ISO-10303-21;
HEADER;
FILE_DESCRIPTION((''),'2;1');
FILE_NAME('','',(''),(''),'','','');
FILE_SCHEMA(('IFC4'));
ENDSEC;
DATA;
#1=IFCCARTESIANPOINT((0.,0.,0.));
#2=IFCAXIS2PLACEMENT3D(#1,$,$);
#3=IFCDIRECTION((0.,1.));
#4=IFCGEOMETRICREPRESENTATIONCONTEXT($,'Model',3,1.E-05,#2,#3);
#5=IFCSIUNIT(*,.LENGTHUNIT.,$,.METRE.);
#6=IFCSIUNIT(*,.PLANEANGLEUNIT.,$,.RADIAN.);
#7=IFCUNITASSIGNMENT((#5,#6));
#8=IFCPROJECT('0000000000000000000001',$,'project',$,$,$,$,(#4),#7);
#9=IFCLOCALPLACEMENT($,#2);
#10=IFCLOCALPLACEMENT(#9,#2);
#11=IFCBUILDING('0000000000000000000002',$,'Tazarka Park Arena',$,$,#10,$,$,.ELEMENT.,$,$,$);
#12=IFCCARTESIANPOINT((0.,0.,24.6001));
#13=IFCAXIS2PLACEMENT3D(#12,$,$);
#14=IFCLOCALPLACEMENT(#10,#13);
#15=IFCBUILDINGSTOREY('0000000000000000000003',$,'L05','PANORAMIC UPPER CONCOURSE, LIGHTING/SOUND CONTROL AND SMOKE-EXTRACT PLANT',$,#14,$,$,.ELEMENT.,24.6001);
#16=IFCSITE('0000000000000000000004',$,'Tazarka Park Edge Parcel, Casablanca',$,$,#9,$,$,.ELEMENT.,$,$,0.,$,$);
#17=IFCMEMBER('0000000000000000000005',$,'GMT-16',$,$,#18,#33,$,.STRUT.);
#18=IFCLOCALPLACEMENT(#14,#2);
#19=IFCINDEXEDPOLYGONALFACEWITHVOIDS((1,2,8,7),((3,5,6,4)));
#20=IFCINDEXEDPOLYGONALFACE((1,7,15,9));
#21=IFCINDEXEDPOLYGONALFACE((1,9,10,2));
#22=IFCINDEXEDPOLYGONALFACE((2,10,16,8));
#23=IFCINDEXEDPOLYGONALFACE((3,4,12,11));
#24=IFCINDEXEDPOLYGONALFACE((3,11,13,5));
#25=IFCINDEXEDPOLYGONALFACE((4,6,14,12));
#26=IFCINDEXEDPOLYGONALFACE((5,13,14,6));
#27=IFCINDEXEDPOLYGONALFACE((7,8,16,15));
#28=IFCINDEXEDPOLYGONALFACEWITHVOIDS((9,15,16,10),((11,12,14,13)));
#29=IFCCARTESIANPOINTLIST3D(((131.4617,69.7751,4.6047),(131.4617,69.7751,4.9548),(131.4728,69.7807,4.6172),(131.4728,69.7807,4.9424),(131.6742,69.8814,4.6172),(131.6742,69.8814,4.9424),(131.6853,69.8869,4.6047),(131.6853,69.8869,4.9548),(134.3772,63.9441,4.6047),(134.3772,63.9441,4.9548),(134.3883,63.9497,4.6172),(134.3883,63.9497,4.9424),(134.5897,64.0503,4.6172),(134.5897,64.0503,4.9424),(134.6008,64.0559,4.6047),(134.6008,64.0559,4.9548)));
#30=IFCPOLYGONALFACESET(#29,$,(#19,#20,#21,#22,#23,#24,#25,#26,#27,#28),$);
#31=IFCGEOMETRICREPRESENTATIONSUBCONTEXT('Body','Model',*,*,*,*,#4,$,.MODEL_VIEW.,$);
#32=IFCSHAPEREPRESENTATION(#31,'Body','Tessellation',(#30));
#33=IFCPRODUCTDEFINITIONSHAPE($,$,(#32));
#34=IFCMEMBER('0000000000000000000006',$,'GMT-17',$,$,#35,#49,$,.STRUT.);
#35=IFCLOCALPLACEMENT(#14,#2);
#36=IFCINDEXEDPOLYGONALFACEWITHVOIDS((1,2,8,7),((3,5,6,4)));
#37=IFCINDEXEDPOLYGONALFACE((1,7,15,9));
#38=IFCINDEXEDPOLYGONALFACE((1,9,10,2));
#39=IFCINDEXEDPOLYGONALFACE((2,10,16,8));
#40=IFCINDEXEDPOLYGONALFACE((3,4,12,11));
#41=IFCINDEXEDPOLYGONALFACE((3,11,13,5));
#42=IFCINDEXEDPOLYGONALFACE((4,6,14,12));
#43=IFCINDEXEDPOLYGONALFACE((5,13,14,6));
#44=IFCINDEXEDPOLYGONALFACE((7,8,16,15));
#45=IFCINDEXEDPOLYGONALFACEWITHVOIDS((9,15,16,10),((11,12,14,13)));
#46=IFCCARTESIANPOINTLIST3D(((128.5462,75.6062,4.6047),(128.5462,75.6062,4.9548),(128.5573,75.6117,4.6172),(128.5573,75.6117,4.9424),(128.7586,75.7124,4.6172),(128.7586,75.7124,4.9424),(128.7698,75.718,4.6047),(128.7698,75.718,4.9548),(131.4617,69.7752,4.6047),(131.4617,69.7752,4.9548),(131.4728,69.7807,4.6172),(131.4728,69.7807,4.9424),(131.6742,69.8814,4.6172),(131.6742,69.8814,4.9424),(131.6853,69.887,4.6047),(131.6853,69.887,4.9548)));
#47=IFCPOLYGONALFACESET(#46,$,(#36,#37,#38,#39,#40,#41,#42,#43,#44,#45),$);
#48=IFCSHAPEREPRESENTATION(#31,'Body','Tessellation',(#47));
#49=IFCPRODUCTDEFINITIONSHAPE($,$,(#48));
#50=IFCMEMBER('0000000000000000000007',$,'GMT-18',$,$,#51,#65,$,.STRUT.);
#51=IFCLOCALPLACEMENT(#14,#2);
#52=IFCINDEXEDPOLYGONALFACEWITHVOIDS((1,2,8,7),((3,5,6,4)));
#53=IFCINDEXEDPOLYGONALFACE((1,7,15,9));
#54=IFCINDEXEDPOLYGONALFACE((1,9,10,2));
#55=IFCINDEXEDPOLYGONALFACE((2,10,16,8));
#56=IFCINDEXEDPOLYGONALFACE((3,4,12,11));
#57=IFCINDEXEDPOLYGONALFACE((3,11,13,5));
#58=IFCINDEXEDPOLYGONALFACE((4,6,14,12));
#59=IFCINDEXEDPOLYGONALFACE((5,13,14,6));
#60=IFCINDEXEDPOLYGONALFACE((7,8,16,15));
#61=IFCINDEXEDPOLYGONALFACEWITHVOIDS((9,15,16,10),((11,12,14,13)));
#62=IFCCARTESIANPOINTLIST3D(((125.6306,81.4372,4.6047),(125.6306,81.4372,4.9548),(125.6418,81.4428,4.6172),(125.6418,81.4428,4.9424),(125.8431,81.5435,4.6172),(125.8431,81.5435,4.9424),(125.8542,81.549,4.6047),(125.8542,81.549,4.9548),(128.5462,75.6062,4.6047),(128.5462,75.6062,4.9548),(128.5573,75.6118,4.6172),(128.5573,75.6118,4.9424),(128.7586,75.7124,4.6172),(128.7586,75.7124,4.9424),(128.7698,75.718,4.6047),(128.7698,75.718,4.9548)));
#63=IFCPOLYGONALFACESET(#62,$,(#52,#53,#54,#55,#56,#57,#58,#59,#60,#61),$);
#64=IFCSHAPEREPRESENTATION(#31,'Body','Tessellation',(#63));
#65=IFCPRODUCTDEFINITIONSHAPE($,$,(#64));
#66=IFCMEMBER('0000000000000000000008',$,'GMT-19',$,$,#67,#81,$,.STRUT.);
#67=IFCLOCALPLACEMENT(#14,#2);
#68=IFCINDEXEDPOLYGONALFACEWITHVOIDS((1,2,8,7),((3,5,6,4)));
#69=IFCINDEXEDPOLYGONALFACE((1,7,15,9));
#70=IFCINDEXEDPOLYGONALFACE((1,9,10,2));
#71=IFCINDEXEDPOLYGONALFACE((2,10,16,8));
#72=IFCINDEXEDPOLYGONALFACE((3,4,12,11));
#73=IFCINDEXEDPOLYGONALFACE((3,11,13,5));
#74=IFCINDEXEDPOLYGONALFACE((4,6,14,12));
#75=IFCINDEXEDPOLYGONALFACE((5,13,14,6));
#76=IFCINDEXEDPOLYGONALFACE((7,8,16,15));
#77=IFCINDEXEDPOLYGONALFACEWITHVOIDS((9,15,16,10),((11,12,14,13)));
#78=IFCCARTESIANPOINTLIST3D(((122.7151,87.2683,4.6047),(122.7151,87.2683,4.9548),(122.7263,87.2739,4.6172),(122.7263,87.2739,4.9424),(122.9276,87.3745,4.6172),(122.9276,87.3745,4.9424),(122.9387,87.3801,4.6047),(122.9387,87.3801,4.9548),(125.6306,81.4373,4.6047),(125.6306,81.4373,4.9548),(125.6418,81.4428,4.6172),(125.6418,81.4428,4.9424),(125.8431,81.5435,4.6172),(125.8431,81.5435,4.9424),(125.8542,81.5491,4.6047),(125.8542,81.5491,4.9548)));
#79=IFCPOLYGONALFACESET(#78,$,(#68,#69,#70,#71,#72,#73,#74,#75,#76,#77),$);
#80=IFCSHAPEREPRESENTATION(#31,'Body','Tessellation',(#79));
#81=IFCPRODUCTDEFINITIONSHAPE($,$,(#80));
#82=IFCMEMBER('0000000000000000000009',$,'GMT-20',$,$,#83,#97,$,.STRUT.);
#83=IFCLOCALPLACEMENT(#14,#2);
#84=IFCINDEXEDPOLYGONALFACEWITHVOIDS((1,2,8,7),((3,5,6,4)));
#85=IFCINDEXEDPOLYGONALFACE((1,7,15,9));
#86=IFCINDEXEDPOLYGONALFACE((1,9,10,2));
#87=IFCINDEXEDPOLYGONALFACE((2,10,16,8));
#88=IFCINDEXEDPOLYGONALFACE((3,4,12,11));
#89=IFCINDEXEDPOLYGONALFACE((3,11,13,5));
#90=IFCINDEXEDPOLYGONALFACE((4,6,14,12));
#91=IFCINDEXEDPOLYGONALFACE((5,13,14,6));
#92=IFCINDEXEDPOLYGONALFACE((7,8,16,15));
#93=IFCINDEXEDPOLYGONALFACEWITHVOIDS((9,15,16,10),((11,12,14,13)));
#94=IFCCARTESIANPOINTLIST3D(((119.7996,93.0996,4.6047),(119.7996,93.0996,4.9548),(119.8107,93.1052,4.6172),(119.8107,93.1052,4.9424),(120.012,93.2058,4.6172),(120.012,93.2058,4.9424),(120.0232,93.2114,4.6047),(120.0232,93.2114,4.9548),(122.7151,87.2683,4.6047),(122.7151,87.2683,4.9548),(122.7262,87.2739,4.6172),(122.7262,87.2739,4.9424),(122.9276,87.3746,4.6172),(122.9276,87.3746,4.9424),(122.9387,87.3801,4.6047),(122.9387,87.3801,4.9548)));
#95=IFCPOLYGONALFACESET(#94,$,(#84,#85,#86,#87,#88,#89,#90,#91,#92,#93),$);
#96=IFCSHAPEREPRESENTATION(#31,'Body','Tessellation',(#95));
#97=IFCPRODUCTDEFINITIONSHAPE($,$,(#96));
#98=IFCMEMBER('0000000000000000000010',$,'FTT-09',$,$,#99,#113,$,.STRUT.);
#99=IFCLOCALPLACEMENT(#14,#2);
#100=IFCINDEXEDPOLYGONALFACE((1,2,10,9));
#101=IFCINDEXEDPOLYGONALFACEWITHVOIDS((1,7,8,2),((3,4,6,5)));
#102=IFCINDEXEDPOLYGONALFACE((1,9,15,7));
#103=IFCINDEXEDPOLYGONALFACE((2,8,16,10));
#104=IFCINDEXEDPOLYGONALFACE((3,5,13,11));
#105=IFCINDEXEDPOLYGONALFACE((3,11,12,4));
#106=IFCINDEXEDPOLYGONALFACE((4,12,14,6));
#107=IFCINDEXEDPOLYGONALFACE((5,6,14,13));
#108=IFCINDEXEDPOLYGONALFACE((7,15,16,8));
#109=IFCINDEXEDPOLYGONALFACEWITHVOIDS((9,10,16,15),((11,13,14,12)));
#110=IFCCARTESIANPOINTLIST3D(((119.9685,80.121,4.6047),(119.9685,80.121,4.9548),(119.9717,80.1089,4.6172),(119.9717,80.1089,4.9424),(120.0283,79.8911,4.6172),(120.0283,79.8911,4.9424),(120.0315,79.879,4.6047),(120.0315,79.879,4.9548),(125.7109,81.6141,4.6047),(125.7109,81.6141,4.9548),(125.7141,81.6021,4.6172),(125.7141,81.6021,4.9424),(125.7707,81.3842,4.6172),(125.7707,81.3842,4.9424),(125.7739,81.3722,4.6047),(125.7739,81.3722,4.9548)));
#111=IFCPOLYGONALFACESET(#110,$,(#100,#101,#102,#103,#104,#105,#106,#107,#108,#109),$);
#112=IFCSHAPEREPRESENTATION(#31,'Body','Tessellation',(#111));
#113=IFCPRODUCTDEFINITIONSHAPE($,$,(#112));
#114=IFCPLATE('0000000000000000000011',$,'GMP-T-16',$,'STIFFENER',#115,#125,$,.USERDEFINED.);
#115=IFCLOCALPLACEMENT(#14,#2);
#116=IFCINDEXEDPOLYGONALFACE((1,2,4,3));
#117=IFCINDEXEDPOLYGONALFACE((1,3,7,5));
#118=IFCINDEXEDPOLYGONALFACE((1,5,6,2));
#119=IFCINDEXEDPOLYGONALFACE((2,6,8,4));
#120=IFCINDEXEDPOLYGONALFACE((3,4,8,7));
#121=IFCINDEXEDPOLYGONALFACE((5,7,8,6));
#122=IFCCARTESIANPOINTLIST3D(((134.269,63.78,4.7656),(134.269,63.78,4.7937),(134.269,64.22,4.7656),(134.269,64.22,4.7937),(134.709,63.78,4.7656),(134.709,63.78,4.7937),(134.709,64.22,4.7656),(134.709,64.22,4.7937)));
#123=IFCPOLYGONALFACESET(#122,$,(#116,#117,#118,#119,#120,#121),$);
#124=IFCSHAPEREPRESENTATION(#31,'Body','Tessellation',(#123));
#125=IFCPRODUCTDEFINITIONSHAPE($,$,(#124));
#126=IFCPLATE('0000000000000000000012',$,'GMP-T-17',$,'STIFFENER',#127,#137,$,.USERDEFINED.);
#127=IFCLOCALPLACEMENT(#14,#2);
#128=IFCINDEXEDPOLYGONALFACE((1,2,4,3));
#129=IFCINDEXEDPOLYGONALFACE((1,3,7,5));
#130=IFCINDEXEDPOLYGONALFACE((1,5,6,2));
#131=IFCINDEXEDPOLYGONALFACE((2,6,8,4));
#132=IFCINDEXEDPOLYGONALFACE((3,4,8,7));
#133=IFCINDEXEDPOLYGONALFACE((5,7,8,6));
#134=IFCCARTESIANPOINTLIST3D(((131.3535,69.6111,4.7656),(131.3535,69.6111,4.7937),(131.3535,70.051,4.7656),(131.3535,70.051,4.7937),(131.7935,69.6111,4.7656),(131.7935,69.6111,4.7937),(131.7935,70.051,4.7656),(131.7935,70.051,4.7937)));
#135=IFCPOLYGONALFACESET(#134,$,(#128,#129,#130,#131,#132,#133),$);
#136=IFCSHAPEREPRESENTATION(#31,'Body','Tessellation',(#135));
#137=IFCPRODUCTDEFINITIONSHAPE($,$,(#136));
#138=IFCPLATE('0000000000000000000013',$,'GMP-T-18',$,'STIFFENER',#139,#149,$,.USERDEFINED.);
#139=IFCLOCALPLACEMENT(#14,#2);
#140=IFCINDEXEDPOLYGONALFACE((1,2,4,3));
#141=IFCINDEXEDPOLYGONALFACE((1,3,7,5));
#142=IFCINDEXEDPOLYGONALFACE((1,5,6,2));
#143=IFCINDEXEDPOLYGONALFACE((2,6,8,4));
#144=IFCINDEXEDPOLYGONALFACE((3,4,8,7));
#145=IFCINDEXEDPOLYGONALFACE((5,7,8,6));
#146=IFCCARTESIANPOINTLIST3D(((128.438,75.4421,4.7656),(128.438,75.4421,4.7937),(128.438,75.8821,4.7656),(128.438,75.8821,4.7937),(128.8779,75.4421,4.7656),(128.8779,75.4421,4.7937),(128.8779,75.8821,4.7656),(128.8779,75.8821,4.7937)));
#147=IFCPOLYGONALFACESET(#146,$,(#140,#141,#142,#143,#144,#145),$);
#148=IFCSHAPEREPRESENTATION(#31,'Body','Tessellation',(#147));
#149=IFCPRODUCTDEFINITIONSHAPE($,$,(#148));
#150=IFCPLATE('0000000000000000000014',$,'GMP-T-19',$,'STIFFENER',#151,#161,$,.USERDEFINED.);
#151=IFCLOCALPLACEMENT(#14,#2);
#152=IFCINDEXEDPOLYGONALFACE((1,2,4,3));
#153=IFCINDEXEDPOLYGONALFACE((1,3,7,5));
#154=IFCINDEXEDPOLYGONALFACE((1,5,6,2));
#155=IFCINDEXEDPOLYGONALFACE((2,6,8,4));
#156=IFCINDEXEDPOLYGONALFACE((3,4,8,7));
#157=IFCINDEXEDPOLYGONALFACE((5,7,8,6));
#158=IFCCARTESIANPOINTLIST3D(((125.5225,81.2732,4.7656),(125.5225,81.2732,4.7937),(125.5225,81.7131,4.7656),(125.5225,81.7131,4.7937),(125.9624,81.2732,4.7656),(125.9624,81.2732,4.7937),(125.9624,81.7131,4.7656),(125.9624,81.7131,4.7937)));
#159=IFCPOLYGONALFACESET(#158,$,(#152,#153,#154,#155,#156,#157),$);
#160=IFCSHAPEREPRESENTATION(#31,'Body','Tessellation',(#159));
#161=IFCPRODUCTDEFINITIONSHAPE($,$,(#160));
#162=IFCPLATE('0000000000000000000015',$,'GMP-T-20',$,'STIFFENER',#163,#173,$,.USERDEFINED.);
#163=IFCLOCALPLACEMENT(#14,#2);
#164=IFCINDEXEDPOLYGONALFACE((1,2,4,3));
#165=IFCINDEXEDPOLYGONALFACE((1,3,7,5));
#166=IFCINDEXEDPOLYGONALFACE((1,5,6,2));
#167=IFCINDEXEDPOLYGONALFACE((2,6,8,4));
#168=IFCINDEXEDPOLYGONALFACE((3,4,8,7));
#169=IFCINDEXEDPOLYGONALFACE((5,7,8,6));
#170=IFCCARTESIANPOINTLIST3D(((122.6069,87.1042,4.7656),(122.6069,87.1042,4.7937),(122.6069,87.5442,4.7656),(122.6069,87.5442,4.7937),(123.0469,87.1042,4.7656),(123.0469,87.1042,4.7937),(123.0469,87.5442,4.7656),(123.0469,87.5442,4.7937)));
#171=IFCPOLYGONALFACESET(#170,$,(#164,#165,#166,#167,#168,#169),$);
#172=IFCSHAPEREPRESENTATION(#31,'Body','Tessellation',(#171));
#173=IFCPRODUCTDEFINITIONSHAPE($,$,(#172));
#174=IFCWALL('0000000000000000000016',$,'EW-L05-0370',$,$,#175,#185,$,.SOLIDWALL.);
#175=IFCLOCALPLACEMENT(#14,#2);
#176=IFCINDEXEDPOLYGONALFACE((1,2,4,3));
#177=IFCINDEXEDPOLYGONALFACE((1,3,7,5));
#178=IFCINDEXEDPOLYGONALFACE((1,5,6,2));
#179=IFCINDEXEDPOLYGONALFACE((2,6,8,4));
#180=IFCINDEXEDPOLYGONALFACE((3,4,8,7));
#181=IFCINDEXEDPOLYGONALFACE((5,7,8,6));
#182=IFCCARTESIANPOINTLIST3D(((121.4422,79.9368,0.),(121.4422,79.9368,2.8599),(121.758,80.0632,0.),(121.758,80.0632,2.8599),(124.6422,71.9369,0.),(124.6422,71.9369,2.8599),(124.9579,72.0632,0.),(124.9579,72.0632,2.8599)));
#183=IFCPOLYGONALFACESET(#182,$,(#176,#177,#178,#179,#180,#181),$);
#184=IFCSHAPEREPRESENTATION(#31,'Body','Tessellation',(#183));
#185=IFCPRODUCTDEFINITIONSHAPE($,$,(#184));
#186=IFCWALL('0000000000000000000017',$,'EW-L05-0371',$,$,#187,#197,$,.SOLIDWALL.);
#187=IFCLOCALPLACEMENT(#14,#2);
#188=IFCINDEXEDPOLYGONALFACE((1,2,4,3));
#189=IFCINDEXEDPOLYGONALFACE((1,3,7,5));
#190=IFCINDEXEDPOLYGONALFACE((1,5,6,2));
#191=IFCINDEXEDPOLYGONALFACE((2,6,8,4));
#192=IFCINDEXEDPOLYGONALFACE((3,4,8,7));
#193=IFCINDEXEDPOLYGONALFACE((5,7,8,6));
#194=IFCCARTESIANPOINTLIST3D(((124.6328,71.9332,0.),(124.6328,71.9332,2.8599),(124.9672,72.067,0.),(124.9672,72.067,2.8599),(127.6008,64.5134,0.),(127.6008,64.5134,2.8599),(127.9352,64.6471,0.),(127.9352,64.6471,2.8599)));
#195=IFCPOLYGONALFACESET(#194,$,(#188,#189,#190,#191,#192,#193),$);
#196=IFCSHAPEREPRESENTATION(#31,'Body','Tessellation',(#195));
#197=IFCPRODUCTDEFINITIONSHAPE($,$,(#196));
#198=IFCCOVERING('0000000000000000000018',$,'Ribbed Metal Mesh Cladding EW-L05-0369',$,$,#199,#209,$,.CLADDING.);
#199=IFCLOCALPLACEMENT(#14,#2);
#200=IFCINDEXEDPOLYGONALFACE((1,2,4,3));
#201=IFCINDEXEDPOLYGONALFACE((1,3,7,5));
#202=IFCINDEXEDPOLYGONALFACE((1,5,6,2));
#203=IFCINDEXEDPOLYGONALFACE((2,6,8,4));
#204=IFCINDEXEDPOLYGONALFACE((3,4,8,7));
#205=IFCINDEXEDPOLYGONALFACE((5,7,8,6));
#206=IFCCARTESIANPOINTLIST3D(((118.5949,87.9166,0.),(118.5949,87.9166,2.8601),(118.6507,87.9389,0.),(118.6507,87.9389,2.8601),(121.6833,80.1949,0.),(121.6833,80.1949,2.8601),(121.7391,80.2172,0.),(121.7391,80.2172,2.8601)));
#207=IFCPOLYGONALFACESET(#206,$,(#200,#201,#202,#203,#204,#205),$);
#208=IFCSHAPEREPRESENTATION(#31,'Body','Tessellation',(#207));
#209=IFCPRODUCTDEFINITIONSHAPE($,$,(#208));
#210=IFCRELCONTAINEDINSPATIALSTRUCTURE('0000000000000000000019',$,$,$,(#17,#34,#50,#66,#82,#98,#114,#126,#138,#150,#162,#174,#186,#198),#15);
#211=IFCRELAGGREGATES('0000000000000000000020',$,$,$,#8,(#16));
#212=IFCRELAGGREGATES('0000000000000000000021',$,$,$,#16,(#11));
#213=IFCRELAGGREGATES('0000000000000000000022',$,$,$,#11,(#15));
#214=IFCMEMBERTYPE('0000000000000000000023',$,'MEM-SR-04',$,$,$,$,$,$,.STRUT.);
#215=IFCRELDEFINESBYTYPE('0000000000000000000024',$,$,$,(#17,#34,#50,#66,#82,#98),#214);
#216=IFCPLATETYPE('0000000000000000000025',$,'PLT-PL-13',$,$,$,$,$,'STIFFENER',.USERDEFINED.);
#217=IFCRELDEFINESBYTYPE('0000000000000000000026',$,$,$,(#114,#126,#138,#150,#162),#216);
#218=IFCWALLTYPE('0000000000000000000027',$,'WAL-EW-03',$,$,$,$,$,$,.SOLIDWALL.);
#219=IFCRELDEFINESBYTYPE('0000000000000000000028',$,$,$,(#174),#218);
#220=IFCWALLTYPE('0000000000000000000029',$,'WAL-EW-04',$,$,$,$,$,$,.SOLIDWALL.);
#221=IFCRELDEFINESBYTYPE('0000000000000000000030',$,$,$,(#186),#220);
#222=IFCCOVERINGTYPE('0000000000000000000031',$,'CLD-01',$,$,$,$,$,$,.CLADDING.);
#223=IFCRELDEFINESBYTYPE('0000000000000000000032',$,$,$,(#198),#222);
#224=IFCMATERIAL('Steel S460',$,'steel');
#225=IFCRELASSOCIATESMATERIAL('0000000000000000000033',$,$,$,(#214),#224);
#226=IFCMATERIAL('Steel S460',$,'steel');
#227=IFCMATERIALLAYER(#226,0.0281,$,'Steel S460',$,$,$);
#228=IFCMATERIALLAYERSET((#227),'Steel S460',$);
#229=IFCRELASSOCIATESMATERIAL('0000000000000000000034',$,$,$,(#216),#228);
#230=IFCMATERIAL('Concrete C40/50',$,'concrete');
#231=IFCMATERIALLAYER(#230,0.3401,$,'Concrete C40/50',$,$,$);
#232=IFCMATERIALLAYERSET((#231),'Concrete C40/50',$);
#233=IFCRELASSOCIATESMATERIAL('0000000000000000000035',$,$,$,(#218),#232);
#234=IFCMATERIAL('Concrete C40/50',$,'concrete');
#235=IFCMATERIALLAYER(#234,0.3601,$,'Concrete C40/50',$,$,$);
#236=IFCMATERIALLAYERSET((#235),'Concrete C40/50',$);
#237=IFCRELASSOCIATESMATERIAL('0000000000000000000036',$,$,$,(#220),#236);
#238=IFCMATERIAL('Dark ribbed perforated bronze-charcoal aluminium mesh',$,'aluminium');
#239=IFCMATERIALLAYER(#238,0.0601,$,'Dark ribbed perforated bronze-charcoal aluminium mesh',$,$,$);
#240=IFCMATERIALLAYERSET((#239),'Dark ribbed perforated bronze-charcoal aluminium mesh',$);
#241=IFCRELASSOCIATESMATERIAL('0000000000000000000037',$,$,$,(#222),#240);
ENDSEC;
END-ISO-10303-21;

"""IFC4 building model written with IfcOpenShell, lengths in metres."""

from ifc_helpers import new_model, si_unit, direction, frame, frame_2d, origin, origin_2d, place, context, subcontext, project, spatial, rectangle, hollow_rectangle, extrude, material, layer, layer_set, material_profile, profile_set, type_object, element, save


model = new_model("IFC4")

# Units and contexts
model_context = context("Model", 3, precision=1e-05, world=origin(), true_north=direction((0.0, 1.0)))
body_context = subcontext(model_context, "Body", "Model", "MODEL_VIEW")
ifc_project = project(units=[si_unit("LENGTHUNIT", "METRE"), si_unit("PLANEANGLEUNIT", "RADIAN")], contexts=[model_context])

# Site, building, storey
site_placement = place(None, origin())
site = spatial("IfcSite", under=ifc_project, at=site_placement, Name="Tazarka Park Edge Parcel, Casablanca", CompositionType="ELEMENT", RefElevation=0.0)
building_placement = place(site_placement, origin())
building = spatial("IfcBuilding", under=site, at=building_placement, Name="Tazarka Park Arena", CompositionType="ELEMENT")
storey_placement = place(building_placement, frame((0.0, 0.0, 24.6001)))
storey = spatial("IfcBuildingStorey", under=building, at=storey_placement, Name="L05", Description="PANORAMIC UPPER CONCOURSE, LIGHTING/SOUND CONTROL AND SMOKE-EXTRACT PLANT", CompositionType="ELEMENT", Elevation=24.6001)

# Members
ifc_material_1 = material(Name="Steel S460", Category="steel")
ifc_material_profile_1 = material_profile(ifc_material_1, hollow_rectangle(XDim=0.25, YDim=0.3501, WallThickness=0.0125, at=origin_2d()), Name="Steel S460")
ifc_profile_set_1 = profile_set([ifc_material_profile_1], Name="Steel S460")
member_type_1 = type_object("IfcMemberType", Name="MEM-SR-04", PredefinedType="STRUT", material=ifc_profile_set_1)
for number, where, z_axis, x_axis, name in (
    (1, (134.489, 64.0, 4.7798), (-0.447214, 0.894427, 0.0), (-0.894427, -0.447214, 0.0), "GMT-16"),
    (2, (131.5735, 69.8311, 4.7798), (-0.447214, 0.894427, 0.0), (-0.894427, -0.447214, 0.0), "GMT-17"),
    (3, (128.658, 75.6621, 4.7798), (-0.447214, 0.894427, 0.0), (-0.894427, -0.447214, 0.0), "GMT-18"),
    (4, (125.7424, 81.4932, 4.7798), (-0.447214, 0.894427, 0.0), (-0.894427, -0.447214, 0.0), "GMT-19"),
):
    element("IfcMember", number, at=place(storey_placement, frame(where, z_axis=z_axis, x_axis=x_axis)), inside=storey, type_object=member_type_1, Name=name, PredefinedType="STRUT", context=body_context, shape_type="SweptSolid", body=[
        extrude(hollow_rectangle(XDim=0.25, YDim=0.3501, WallThickness=0.0125, at=origin_2d()), origin(), (0.0, 0.0, 1.0), 6.5193),
    ])
member_1_placement = place(storey_placement, frame((122.8269, 87.3242, 4.7798), z_axis=(-0.447199, 0.894435, 0.0), x_axis=(-0.894435, -0.447199, 0.0)))
element("IfcMember", 5, at=member_1_placement, inside=storey, type_object=member_type_1, Name="GMT-20", PredefinedType="STRUT", context=body_context, shape_type="SweptSolid", body=[
    extrude(hollow_rectangle(XDim=0.25, YDim=0.3501, WallThickness=0.0125, at=origin_2d()), origin(), (0.0, 0.0, 1.0), 6.5195),
])
member_2_placement = place(storey_placement, frame((120.0, 80.0, 4.7798), z_axis=(0.967817, 0.251655, 0.0), x_axis=(-0.251655, 0.967817, 0.0)))
element("IfcMember", 6, at=member_2_placement, inside=storey, type_object=member_type_1, Name="FTT-09", PredefinedType="STRUT", context=body_context, shape_type="SweptSolid", body=[
    extrude(hollow_rectangle(XDim=0.25, YDim=0.3501, WallThickness=0.0125, at=origin_2d()), origin(), (0.0, 0.0, 1.0), 5.9333),
])

# Plates
ifc_material_2 = material(Name="Steel S460", Category="steel")
ifc_layer_1 = layer(ifc_material_2, 0.0281, Name="Steel S460")
ifc_layer_set_1 = layer_set([ifc_layer_1], Name="Steel S460")
plate_type = type_object("IfcPlateType", Name="PLT-PL-13", ElementType="STIFFENER", PredefinedType="USERDEFINED", material=ifc_layer_set_1)
for number, where, z_axis, x_axis, name in (
    (7, (134.489, 64.0, 4.7656), (0.0, 0.0, 1.0), (1.0, 0.0, 0.0), "GMP-T-16"),
    (8, (131.5735, 69.8311, 4.7656), (0.0, 0.0, 1.0), (1.0, 0.0, 0.0), "GMP-T-17"),
    (9, (128.658, 75.6621, 4.7656), (0.0, 0.0, 1.0), (1.0, 0.0, 0.0), "GMP-T-18"),
    (10, (125.7424, 81.4932, 4.7656), (0.0, 0.0, 1.0), (1.0, 0.0, 0.0), "GMP-T-19"),
    (11, (122.8269, 87.3242, 4.7656), (0.0, 0.0, 1.0), (1.0, 0.0, 0.0), "GMP-T-20"),
):
    element("IfcPlate", number, at=place(storey_placement, frame(where, z_axis=z_axis, x_axis=x_axis)), inside=storey, type_object=plate_type, Name=name, ObjectType="STIFFENER", PredefinedType="USERDEFINED", context=body_context, shape_type="SweptSolid", body=[
        extrude(rectangle(XDim=0.4399, YDim=0.4399, at=origin_2d()), origin(), (0.0, 0.0, 1.0), 0.0281),
    ])

# Walls
ifc_material_3 = material(Name="Concrete C40/50", Category="concrete")
ifc_layer_2 = layer(ifc_material_3, 0.3401, Name="Concrete C40/50")
ifc_layer_set_2 = layer_set([ifc_layer_2], Name="Concrete C40/50")
wall_type_1 = type_object("IfcWallType", Name="WAL-EW-03", PredefinedType="SOLIDWALL", material=ifc_layer_set_2)
wall_1_placement = place(storey_placement, frame((121.6001, 80.0, 0.0), z_axis=(0.0, 0.0, 1.0), x_axis=(0.371386, -0.928479, 0.0)))
element("IfcWall", 12, at=wall_1_placement, inside=storey, type_object=wall_type_1, Name="EW-L05-0370", PredefinedType="SOLIDWALL", context=body_context, shape_type="SweptSolid", body=[
    extrude(rectangle(XDim=8.6162, YDim=0.3401, at=frame_2d((4.3081, 0.0))), origin(), (0.0, 0.0, 1.0), 2.8599),
])
ifc_material_4 = material(Name="Concrete C40/50", Category="concrete")
ifc_layer_3 = layer(ifc_material_4, 0.3601, Name="Concrete C40/50")
ifc_layer_set_3 = layer_set([ifc_layer_3], Name="Concrete C40/50")
wall_type_2 = type_object("IfcWallType", Name="WAL-EW-04", PredefinedType="SOLIDWALL", material=ifc_layer_set_3)
wall_2_placement = place(storey_placement, frame((124.8, 72.0, 0.0), z_axis=(0.0, 0.0, 1.0), x_axis=(0.371396, -0.928475, 0.0)))
element("IfcWall", 13, at=wall_2_placement, inside=storey, type_object=wall_type_2, Name="EW-L05-0371", PredefinedType="SOLIDWALL", context=body_context, shape_type="SweptSolid", body=[
    extrude(rectangle(XDim=7.9915, YDim=0.3601, at=frame_2d((3.9956, 0.0))), origin(), (0.0, 0.0, 1.0), 2.8599),
])

# Covering
ifc_material_5 = material(Name="Dark ribbed perforated bronze-charcoal aluminium mesh", Category="aluminium")
ifc_layer_4 = layer(ifc_material_5, 0.0601, Name="Dark ribbed perforated bronze-charcoal aluminium mesh")
ifc_layer_set_4 = layer_set([ifc_layer_4], Name="Dark ribbed perforated bronze-charcoal aluminium mesh")
covering_type = type_object("IfcCoveringType", Name="CLD-01", PredefinedType="CLADDING", material=ifc_layer_set_4)
covering_placement = place(storey_placement, frame((120.167, 84.0669, 0.0), z_axis=(0.0, 0.0, 1.0), x_axis=(0.371368, -0.928486, 0.0)))
element("IfcCovering", 14, at=covering_placement, inside=storey, type_object=covering_type, Name="Ribbed Metal Mesh Cladding EW-L05-0369", PredefinedType="CLADDING", context=body_context, shape_type="SweptSolid", body=[
    extrude(rectangle(XDim=8.3164, YDim=0.0601, at=origin_2d()), origin(), (0.0, 0.0, 1.0), 2.8601),
])

save(model, "model.ifc")
